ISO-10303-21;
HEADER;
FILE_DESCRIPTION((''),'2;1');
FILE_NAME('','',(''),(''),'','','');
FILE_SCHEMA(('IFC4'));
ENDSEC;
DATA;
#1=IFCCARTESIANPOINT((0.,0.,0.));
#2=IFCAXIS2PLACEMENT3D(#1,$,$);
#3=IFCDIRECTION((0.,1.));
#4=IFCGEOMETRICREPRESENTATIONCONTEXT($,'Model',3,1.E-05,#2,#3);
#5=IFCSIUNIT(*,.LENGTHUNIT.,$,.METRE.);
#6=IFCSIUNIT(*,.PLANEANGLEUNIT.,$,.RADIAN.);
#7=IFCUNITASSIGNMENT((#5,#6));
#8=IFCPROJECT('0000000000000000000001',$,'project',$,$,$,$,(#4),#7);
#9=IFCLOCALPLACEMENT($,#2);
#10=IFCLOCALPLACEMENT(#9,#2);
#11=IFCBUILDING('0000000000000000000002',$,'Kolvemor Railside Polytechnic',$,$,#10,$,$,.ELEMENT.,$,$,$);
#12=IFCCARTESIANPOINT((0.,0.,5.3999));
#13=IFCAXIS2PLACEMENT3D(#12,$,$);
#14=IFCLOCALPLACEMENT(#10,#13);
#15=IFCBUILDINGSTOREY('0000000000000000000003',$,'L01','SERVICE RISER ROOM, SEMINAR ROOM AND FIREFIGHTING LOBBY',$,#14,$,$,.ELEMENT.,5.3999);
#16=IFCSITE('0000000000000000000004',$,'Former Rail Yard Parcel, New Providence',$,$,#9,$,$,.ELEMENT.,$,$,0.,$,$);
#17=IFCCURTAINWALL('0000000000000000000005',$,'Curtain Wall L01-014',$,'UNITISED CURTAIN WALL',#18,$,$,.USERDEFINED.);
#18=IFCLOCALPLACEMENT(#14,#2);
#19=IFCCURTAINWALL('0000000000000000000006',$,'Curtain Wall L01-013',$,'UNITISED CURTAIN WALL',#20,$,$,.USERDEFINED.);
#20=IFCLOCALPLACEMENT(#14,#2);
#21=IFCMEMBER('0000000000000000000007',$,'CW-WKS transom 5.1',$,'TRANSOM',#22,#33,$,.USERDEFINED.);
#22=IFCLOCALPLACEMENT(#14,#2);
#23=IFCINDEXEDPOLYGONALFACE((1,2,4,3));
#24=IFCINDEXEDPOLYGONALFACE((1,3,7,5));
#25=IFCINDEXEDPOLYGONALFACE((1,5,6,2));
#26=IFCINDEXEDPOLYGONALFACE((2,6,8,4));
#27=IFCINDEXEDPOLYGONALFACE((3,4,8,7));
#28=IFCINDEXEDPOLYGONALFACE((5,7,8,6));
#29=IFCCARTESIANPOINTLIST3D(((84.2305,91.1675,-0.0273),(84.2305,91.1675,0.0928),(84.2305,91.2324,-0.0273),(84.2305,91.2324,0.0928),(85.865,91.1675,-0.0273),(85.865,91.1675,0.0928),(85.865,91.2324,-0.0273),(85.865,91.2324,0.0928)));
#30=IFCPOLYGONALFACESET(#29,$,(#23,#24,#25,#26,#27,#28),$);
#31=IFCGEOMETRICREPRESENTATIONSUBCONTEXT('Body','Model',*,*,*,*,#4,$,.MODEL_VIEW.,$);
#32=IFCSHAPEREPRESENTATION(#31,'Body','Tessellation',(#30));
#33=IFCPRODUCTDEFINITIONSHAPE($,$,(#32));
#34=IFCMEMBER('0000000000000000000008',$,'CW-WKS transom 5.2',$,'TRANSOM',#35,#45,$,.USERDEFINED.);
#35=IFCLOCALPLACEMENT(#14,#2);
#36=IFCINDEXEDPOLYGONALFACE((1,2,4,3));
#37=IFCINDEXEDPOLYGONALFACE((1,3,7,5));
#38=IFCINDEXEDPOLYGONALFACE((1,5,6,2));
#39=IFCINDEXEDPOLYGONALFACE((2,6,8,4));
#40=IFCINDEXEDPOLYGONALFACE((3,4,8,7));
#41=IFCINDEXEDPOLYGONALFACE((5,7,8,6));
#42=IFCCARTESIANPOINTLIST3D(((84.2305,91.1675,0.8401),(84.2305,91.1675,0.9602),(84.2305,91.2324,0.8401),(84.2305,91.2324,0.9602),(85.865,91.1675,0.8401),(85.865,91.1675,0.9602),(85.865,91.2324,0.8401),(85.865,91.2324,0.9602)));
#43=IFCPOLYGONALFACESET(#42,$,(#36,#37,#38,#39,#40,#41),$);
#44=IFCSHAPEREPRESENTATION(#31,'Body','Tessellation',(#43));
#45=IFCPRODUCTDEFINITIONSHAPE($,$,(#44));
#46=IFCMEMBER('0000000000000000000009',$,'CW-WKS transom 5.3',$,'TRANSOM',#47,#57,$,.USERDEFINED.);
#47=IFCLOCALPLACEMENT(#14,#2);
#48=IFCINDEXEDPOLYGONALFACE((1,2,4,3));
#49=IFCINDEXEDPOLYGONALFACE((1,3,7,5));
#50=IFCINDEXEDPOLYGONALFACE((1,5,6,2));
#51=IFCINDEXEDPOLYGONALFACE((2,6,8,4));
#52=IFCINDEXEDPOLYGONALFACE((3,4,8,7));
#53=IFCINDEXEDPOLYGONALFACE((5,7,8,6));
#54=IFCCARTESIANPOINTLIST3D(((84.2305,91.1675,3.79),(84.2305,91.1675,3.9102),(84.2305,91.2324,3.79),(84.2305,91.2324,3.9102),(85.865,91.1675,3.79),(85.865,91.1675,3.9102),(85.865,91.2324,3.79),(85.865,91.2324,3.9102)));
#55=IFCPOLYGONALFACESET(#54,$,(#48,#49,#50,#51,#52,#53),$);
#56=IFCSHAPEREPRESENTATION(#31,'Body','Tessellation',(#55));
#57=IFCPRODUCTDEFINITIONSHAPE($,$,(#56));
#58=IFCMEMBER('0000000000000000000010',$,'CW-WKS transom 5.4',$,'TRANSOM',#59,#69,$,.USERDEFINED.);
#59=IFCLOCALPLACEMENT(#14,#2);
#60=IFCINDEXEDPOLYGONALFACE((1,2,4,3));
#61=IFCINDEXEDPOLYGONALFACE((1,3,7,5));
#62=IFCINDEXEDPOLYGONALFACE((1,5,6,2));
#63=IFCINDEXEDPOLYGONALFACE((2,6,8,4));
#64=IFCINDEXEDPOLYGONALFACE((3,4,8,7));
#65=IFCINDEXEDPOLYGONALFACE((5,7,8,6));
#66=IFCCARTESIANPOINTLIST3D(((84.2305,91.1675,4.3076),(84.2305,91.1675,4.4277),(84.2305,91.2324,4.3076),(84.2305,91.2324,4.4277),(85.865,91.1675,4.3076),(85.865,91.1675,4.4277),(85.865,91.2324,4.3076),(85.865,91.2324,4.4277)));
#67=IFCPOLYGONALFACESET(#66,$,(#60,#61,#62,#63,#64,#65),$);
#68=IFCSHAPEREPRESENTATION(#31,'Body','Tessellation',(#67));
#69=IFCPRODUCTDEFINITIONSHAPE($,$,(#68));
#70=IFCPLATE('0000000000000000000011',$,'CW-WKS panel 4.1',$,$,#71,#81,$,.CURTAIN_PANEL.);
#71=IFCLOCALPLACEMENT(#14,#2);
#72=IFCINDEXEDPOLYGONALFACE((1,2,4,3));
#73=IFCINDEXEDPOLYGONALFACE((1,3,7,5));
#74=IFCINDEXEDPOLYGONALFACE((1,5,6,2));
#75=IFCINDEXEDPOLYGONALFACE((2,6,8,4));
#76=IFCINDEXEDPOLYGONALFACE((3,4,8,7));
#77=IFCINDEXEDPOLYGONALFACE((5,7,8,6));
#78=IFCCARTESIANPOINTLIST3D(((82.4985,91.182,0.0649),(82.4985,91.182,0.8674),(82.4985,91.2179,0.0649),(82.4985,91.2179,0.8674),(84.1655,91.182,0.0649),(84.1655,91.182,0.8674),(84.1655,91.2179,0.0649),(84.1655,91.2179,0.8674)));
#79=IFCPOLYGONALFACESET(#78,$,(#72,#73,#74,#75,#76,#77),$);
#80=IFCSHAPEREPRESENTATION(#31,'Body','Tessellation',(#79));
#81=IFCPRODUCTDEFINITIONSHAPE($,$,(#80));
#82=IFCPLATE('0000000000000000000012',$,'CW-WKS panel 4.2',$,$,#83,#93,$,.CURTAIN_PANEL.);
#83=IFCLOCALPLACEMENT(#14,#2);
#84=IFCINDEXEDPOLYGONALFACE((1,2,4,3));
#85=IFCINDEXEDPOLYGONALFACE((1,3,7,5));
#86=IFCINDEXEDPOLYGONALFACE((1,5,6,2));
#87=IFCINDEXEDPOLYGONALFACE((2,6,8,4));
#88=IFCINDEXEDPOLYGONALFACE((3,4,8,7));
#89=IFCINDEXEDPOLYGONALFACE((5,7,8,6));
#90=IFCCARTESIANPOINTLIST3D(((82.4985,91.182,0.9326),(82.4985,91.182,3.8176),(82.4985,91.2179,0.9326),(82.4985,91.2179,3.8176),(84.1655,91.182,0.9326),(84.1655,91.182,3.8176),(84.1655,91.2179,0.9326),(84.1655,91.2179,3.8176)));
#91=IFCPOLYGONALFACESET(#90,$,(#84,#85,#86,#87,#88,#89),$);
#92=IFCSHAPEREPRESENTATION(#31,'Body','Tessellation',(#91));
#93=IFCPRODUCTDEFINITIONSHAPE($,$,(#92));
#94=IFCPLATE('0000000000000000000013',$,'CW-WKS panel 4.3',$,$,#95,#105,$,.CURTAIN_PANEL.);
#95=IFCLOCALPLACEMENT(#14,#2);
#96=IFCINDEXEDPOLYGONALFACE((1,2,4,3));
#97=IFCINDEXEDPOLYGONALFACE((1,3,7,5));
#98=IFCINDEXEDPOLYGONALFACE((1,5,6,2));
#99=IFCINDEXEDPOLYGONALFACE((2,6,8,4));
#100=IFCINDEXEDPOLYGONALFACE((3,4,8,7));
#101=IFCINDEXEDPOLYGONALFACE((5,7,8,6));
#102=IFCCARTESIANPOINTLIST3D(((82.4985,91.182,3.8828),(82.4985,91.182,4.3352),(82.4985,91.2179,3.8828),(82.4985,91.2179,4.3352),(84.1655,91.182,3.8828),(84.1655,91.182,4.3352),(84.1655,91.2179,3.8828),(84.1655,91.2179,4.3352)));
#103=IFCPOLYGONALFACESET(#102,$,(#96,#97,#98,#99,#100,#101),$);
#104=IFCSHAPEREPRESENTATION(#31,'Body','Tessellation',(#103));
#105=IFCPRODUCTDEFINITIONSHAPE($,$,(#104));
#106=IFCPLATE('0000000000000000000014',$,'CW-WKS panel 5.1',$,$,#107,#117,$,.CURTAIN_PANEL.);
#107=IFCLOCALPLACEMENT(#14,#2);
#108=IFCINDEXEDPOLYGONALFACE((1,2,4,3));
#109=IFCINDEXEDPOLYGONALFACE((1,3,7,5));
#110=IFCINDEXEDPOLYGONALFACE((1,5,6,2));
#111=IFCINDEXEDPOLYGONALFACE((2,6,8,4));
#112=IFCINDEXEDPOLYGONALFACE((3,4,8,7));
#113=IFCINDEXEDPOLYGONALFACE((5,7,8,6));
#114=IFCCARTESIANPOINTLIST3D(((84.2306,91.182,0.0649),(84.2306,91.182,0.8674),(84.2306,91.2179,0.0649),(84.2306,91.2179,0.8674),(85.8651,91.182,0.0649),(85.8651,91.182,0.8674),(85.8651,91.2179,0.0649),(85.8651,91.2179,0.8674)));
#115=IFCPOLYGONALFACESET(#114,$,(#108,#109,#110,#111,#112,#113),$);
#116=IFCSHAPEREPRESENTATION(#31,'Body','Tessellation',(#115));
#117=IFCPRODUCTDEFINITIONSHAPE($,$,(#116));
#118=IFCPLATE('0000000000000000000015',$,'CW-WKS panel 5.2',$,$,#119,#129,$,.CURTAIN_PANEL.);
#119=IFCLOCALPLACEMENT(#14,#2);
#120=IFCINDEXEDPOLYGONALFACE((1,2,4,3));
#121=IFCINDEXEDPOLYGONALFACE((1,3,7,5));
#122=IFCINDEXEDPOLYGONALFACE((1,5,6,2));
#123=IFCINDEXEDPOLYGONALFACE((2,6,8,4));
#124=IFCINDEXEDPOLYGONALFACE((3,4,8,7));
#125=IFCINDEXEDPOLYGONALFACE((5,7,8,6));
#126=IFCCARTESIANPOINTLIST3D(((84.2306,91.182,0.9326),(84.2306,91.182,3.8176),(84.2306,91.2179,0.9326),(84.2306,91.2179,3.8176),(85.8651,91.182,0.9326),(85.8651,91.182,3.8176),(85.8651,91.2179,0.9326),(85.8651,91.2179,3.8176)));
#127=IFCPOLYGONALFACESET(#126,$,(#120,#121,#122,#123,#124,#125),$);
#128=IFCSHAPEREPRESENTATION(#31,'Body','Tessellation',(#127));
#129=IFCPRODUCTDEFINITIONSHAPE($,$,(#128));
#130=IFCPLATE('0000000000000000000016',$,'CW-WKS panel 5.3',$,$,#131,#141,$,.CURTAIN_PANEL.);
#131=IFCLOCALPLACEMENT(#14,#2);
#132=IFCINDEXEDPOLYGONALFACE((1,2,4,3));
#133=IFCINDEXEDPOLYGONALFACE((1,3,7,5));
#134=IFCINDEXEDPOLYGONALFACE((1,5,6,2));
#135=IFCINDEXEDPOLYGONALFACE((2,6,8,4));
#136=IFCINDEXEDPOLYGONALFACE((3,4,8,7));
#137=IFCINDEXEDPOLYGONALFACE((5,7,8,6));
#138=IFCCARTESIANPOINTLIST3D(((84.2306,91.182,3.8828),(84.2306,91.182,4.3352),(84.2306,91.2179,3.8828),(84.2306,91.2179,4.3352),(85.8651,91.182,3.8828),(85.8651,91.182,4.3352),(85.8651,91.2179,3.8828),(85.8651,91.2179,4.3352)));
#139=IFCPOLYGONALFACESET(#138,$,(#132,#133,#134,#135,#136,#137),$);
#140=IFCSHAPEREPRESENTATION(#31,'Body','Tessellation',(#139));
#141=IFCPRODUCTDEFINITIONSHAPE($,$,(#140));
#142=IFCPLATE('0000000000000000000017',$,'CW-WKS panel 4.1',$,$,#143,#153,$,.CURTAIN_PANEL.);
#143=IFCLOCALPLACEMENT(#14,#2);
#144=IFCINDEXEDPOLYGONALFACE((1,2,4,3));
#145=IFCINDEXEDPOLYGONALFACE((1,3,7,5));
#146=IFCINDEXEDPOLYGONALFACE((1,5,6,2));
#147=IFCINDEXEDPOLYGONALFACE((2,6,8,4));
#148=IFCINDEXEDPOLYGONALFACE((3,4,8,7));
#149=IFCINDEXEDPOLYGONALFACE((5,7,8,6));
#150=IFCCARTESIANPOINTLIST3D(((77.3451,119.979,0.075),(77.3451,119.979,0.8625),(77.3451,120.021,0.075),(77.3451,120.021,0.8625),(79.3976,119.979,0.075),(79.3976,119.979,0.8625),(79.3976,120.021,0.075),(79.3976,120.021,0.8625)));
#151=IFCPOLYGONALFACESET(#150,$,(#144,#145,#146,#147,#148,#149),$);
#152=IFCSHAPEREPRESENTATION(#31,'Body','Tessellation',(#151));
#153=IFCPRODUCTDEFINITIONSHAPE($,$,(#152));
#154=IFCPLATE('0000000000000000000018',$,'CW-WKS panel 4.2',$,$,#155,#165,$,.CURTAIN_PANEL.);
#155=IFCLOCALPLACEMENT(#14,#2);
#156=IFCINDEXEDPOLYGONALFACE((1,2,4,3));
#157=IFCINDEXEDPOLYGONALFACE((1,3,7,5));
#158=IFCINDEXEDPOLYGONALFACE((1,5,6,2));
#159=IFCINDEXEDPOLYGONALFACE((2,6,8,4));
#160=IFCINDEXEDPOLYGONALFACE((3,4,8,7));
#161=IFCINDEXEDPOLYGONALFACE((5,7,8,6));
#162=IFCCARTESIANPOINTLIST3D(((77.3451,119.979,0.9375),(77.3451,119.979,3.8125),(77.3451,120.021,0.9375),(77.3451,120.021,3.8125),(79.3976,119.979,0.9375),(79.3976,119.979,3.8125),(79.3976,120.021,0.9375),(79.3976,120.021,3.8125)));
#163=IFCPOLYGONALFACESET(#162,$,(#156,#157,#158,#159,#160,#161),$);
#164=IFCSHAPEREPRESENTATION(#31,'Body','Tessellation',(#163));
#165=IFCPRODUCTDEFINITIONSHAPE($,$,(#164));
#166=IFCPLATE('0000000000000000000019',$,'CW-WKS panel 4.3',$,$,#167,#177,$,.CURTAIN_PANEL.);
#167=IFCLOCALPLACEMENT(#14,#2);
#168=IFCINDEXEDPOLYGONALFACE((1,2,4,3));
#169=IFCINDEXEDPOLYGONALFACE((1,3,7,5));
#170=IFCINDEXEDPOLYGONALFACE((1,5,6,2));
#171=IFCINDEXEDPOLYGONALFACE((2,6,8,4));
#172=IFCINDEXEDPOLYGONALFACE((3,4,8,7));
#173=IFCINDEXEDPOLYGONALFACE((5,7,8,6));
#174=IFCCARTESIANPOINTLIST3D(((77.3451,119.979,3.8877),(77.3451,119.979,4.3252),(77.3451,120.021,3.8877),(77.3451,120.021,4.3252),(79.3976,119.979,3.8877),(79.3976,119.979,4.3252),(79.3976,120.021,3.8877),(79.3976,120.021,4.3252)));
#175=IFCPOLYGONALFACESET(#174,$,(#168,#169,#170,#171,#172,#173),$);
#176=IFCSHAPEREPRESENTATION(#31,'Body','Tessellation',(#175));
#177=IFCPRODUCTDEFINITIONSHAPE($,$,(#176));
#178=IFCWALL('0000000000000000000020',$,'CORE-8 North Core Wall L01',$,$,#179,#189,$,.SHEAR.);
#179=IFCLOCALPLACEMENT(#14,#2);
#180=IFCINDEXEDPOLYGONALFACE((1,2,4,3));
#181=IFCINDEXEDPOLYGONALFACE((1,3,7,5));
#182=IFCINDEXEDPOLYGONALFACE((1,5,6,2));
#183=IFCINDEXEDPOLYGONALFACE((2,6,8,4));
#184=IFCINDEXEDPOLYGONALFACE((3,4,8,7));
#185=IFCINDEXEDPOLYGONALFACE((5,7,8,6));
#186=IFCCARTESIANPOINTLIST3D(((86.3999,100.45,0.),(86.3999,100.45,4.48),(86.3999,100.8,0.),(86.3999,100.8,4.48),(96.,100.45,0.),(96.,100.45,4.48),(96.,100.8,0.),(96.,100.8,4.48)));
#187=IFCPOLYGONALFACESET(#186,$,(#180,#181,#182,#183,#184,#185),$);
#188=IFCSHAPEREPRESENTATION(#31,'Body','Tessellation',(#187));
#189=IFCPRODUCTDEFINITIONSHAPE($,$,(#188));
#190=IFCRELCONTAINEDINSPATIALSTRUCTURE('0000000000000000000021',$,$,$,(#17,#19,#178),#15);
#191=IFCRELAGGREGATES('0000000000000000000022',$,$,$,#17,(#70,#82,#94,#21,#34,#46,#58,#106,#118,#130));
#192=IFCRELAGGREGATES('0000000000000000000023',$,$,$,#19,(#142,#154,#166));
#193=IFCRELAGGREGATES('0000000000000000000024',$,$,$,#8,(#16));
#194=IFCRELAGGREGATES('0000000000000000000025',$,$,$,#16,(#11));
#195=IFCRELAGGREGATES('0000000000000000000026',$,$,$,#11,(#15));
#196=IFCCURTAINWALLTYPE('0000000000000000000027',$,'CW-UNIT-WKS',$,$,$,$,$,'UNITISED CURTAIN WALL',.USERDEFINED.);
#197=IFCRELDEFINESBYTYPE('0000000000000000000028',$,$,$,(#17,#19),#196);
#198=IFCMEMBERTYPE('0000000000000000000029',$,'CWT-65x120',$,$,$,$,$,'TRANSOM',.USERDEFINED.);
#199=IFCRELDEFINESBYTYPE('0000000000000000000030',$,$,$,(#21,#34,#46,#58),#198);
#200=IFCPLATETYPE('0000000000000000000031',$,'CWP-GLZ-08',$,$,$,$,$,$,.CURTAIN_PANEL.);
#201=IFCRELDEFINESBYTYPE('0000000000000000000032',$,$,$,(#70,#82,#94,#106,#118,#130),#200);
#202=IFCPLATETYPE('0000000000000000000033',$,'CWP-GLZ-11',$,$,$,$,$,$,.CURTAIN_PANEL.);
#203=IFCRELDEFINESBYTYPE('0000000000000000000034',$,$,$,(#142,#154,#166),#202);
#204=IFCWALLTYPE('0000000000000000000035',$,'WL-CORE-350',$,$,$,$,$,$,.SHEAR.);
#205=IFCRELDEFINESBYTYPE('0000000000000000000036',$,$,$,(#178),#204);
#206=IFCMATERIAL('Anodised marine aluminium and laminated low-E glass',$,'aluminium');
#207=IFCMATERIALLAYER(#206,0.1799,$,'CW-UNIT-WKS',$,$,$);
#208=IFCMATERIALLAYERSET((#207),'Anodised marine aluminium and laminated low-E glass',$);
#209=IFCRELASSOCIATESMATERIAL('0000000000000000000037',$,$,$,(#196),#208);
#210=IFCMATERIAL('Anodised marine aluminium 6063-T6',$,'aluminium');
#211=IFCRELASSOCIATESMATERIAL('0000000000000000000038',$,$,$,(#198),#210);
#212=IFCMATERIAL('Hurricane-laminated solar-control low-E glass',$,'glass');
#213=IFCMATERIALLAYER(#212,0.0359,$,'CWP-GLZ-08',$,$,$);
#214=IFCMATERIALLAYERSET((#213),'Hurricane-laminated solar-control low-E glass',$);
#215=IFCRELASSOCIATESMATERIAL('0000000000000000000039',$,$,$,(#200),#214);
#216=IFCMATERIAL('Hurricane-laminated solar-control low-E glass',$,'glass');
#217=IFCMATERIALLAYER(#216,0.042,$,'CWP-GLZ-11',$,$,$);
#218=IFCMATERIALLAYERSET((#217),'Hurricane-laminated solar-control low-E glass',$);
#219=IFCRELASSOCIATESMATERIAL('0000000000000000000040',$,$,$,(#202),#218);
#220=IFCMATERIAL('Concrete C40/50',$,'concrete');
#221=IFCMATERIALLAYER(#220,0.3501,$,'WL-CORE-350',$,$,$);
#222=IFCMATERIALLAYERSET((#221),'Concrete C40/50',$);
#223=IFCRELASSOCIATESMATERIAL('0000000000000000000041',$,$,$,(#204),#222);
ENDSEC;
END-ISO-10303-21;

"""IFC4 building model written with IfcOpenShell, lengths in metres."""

from ifc_helpers import new_model, si_unit, direction, frame, frame_2d, origin, origin_2d, place, context, subcontext, project, spatial, rectangle, extrude, material, layer, layer_set, material_profile, profile_set, type_object, element, aggregate, save


model = new_model("IFC4")

# Units and contexts
model_context = context("Model", 3, precision=1e-05, world=origin(), true_north=direction((0.0, 1.0)))
body_context = subcontext(model_context, "Body", "Model", "MODEL_VIEW")
ifc_project = project(units=[si_unit("LENGTHUNIT", "METRE"), si_unit("PLANEANGLEUNIT", "RADIAN")], contexts=[model_context])

# Site, building, storey
site_placement = place(None, origin())
site = spatial("IfcSite", under=ifc_project, at=site_placement, Name="Former Rail Yard Parcel, New Providence", CompositionType="ELEMENT", RefElevation=0.0)
building_placement = place(site_placement, origin())
building = spatial("IfcBuilding", under=site, at=building_placement, Name="Kolvemor Railside Polytechnic", CompositionType="ELEMENT")
storey_placement = place(building_placement, frame((0.0, 0.0, 5.3999)))
storey = spatial("IfcBuildingStorey", under=building, at=storey_placement, Name="L01", Description="SERVICE RISER ROOM, SEMINAR ROOM AND FIREFIGHTING LOBBY", CompositionType="ELEMENT", Elevation=5.3999)

# Curtain wall
ifc_material_1 = material(Name="Anodised marine aluminium and laminated low-E glass", Category="aluminium")
ifc_layer_1 = layer(ifc_material_1, 0.1799, Name="CW-UNIT-WKS")
ifc_layer_set_1 = layer_set([ifc_layer_1], Name="Anodised marine aluminium and laminated low-E glass")
curtain_wall_type = type_object("IfcCurtainWallType", Name="CW-UNIT-WKS", ElementType="UNITISED CURTAIN WALL", PredefinedType="USERDEFINED", material=ifc_layer_set_1)
curtain_wall_1_placement = place(storey_placement, origin())
curtain_wall_1 = element("IfcCurtainWall", 1, at=curtain_wall_1_placement, inside=storey, type_object=curtain_wall_type, Name="Curtain Wall L01-014", ObjectType="UNITISED CURTAIN WALL", PredefinedType="USERDEFINED")

# Curtain wall
curtain_wall_2_placement = place(storey_placement, origin())
curtain_wall_2 = element("IfcCurtainWall", 2, at=curtain_wall_2_placement, inside=storey, type_object=curtain_wall_type, Name="Curtain Wall L01-013", ObjectType="UNITISED CURTAIN WALL", PredefinedType="USERDEFINED")

# Members
ifc_material_2 = material(Name="Anodised marine aluminium 6063-T6", Category="aluminium")
ifc_material_profile_1 = material_profile(ifc_material_2, rectangle(XDim=0.0649, YDim=0.1201, at=origin_2d()), Name="CW-TRN-65x120")
ifc_profile_set_1 = profile_set([ifc_material_profile_1], Name="Anodised marine aluminium 6063-T6")
member_type_1 = type_object("IfcMemberType", Name="CWT-65x120", ElementType="TRANSOM", PredefinedType="USERDEFINED", material=ifc_profile_set_1)
member_1_placement = place(storey_placement, frame((84.2305, 91.2, 0.0327), z_axis=(1.0, 0.0, 0.0), x_axis=(0.0, 1.0, 0.0)))
member_1 = element("IfcMember", 3, at=member_1_placement, type_object=member_type_1, Name="CW-WKS transom 5.1", ObjectType="TRANSOM", PredefinedType="USERDEFINED", context=body_context, shape_type="SweptSolid", body=[
    extrude(rectangle(XDim=0.0649, YDim=0.1201, at=origin_2d()), origin(), (0.0, 0.0, 1.0), 1.6345),
])
member_2_placement = place(storey_placement, frame((84.2305, 91.2, 0.9001), z_axis=(1.0, 0.0, 0.0), x_axis=(0.0, 1.0, 0.0)))
member_2 = element("IfcMember", 4, at=member_2_placement, type_object=member_type_1, Name="CW-WKS transom 5.2", ObjectType="TRANSOM", PredefinedType="USERDEFINED", context=body_context, shape_type="SweptSolid", body=[
    extrude(rectangle(XDim=0.0649, YDim=0.1201, at=origin_2d()), origin(), (0.0, 0.0, 1.0), 1.6345),
])
member_3_placement = place(storey_placement, frame((84.2305, 91.2, 3.8501), z_axis=(1.0, 0.0, 0.0), x_axis=(0.0, 1.0, 0.0)))
member_3 = element("IfcMember", 5, at=member_3_placement, type_object=member_type_1, Name="CW-WKS transom 5.3", ObjectType="TRANSOM", PredefinedType="USERDEFINED", context=body_context, shape_type="SweptSolid", body=[
    extrude(rectangle(XDim=0.0649, YDim=0.1201, at=origin_2d()), origin(), (0.0, 0.0, 1.0), 1.6345),
])
member_4_placement = place(storey_placement, frame((84.2305, 91.2, 4.3677), z_axis=(1.0, 0.0, 0.0), x_axis=(0.0, 1.0, 0.0)))
member_4 = element("IfcMember", 6, at=member_4_placement, type_object=member_type_1, Name="CW-WKS transom 5.4", ObjectType="TRANSOM", PredefinedType="USERDEFINED", context=body_context, shape_type="SweptSolid", body=[
    extrude(rectangle(XDim=0.0649, YDim=0.1201, at=origin_2d()), origin(), (0.0, 0.0, 1.0), 1.6345),
])

# Plates
ifc_material_3 = material(Name="Hurricane-laminated solar-control low-E glass", Category="glass")
ifc_layer_2 = layer(ifc_material_3, 0.0359, Name="CWP-GLZ-08")
ifc_layer_set_2 = layer_set([ifc_layer_2], Name="Hurricane-laminated solar-control low-E glass")
plate_type_1 = type_object("IfcPlateType", Name="CWP-GLZ-08", PredefinedType="CURTAIN_PANEL", material=ifc_layer_set_2)
plate_1_placement = place(storey_placement, frame((83.332, 91.2, 0.0649), z_axis=(0.0, 0.0, 1.0), x_axis=(1.0, 0.0, 0.0)))
plate_1 = element("IfcPlate", 7, at=plate_1_placement, type_object=plate_type_1, Name="CW-WKS panel 4.1", PredefinedType="CURTAIN_PANEL", context=body_context, shape_type="SweptSolid", body=[
    extrude(rectangle(XDim=1.667, YDim=0.0359, at=origin_2d()), origin(), (0.0, 0.0, 1.0), 0.8025),
])
plate_2_placement = place(storey_placement, frame((83.332, 91.2, 0.9326), z_axis=(0.0, 0.0, 1.0), x_axis=(1.0, 0.0, 0.0)))
plate_2 = element("IfcPlate", 8, at=plate_2_placement, type_object=plate_type_1, Name="CW-WKS panel 4.2", PredefinedType="CURTAIN_PANEL", context=body_context, shape_type="SweptSolid", body=[
    extrude(rectangle(XDim=1.667, YDim=0.0359, at=origin_2d()), origin(), (0.0, 0.0, 1.0), 2.885),
])
plate_3_placement = place(storey_placement, frame((83.332, 91.2, 3.8828), z_axis=(0.0, 0.0, 1.0), x_axis=(1.0, 0.0, 0.0)))
plate_3 = element("IfcPlate", 9, at=plate_3_placement, type_object=plate_type_1, Name="CW-WKS panel 4.3", PredefinedType="CURTAIN_PANEL", context=body_context, shape_type="SweptSolid", body=[
    extrude(rectangle(XDim=1.667, YDim=0.0359, at=origin_2d()), origin(), (0.0, 0.0, 1.0), 0.4524),
])
plate_4_placement = place(storey_placement, frame((85.0479, 91.2, 0.0649), z_axis=(0.0, 0.0, 1.0), x_axis=(1.0, 0.0, 0.0)))
plate_4 = element("IfcPlate", 10, at=plate_4_placement, type_object=plate_type_1, Name="CW-WKS panel 5.1", PredefinedType="CURTAIN_PANEL", context=body_context, shape_type="SweptSolid", body=[
    extrude(rectangle(XDim=1.6345, YDim=0.0359, at=origin_2d()), origin(), (0.0, 0.0, 1.0), 0.8025),
])
plate_5_placement = place(storey_placement, frame((85.0479, 91.2, 0.9326), z_axis=(0.0, 0.0, 1.0), x_axis=(1.0, 0.0, 0.0)))
plate_5 = element("IfcPlate", 11, at=plate_5_placement, type_object=plate_type_1, Name="CW-WKS panel 5.2", PredefinedType="CURTAIN_PANEL", context=body_context, shape_type="SweptSolid", body=[
    extrude(rectangle(XDim=1.6345, YDim=0.0359, at=origin_2d()), origin(), (0.0, 0.0, 1.0), 2.885),
])
plate_6_placement = place(storey_placement, frame((85.0479, 91.2, 3.8828), z_axis=(0.0, 0.0, 1.0), x_axis=(1.0, 0.0, 0.0)))
plate_6 = element("IfcPlate", 12, at=plate_6_placement, type_object=plate_type_1, Name="CW-WKS panel 5.3", PredefinedType="CURTAIN_PANEL", context=body_context, shape_type="SweptSolid", body=[
    extrude(rectangle(XDim=1.6345, YDim=0.0359, at=origin_2d()), origin(), (0.0, 0.0, 1.0), 0.4524),
])
aggregate(curtain_wall_1, [plate_1, plate_2, plate_3, member_1, member_2, member_3, member_4, plate_4, plate_5, plate_6])
ifc_material_4 = material(Name="Hurricane-laminated solar-control low-E glass", Category="glass")
ifc_layer_3 = layer(ifc_material_4, 0.042, Name="CWP-GLZ-11")
ifc_layer_set_3 = layer_set([ifc_layer_3], Name="Hurricane-laminated solar-control low-E glass")
plate_type_2 = type_object("IfcPlateType", Name="CWP-GLZ-11", PredefinedType="CURTAIN_PANEL", material=ifc_layer_set_3)
plate_7_placement = place(storey_placement, frame((78.3713, 120.0, 0.075), z_axis=(0.0, 0.0, 1.0), x_axis=(-1.0, 0.0, 0.0)))
plate_7 = element("IfcPlate", 13, at=plate_7_placement, type_object=plate_type_2, Name="CW-WKS panel 4.1", PredefinedType="CURTAIN_PANEL", context=body_context, shape_type="SweptSolid", body=[
    extrude(rectangle(XDim=2.0525, YDim=0.042, at=origin_2d()), origin(), (0.0, 0.0, 1.0), 0.7876),
])
plate_8_placement = place(storey_placement, frame((78.3713, 120.0, 0.9375), z_axis=(0.0, 0.0, 1.0), x_axis=(-1.0, 0.0, 0.0)))
plate_8 = element("IfcPlate", 14, at=plate_8_placement, type_object=plate_type_2, Name="CW-WKS panel 4.2", PredefinedType="CURTAIN_PANEL", context=body_context, shape_type="SweptSolid", body=[
    extrude(rectangle(XDim=2.0525, YDim=0.042, at=origin_2d()), origin(), (0.0, 0.0, 1.0), 2.875),
])
plate_9_placement = place(storey_placement, frame((78.3713, 120.0, 3.8877), z_axis=(0.0, 0.0, 1.0), x_axis=(-1.0, 0.0, 0.0)))
plate_9 = element("IfcPlate", 15, at=plate_9_placement, type_object=plate_type_2, Name="CW-WKS panel 4.3", PredefinedType="CURTAIN_PANEL", context=body_context, shape_type="SweptSolid", body=[
    extrude(rectangle(XDim=2.0525, YDim=0.042, at=origin_2d()), origin(), (0.0, 0.0, 1.0), 0.4375),
])
aggregate(curtain_wall_2, [plate_7, plate_8, plate_9])

# Wall
ifc_material_5 = material(Name="Concrete C40/50", Category="concrete")
ifc_layer_4 = layer(ifc_material_5, 0.3501, Name="WL-CORE-350")
ifc_layer_set_4 = layer_set([ifc_layer_4], Name="Concrete C40/50")
wall_type_1 = type_object("IfcWallType", Name="WL-CORE-350", PredefinedType="SHEAR", material=ifc_layer_set_4)
for number, where, z_axis, x_axis, name in (
    (16, (86.3999, 100.625, 0.0), (0.0, 0.0, 1.0), (1.0, 0.0, 0.0), "CORE-8 North Core Wall L01"),
):
    element("IfcWall", number, at=place(storey_placement, frame(where, z_axis=z_axis, x_axis=x_axis)), inside=storey, type_object=wall_type_1, Name=name, PredefinedType="SHEAR", context=body_context, shape_type="SweptSolid", body=[
        extrude(rectangle(XDim=9.6001, YDim=0.3501, at=frame_2d((4.8, 0.0))), origin(), (0.0, 0.0, 1.0), 4.48),
    ])

save(model, "model.ifc")
